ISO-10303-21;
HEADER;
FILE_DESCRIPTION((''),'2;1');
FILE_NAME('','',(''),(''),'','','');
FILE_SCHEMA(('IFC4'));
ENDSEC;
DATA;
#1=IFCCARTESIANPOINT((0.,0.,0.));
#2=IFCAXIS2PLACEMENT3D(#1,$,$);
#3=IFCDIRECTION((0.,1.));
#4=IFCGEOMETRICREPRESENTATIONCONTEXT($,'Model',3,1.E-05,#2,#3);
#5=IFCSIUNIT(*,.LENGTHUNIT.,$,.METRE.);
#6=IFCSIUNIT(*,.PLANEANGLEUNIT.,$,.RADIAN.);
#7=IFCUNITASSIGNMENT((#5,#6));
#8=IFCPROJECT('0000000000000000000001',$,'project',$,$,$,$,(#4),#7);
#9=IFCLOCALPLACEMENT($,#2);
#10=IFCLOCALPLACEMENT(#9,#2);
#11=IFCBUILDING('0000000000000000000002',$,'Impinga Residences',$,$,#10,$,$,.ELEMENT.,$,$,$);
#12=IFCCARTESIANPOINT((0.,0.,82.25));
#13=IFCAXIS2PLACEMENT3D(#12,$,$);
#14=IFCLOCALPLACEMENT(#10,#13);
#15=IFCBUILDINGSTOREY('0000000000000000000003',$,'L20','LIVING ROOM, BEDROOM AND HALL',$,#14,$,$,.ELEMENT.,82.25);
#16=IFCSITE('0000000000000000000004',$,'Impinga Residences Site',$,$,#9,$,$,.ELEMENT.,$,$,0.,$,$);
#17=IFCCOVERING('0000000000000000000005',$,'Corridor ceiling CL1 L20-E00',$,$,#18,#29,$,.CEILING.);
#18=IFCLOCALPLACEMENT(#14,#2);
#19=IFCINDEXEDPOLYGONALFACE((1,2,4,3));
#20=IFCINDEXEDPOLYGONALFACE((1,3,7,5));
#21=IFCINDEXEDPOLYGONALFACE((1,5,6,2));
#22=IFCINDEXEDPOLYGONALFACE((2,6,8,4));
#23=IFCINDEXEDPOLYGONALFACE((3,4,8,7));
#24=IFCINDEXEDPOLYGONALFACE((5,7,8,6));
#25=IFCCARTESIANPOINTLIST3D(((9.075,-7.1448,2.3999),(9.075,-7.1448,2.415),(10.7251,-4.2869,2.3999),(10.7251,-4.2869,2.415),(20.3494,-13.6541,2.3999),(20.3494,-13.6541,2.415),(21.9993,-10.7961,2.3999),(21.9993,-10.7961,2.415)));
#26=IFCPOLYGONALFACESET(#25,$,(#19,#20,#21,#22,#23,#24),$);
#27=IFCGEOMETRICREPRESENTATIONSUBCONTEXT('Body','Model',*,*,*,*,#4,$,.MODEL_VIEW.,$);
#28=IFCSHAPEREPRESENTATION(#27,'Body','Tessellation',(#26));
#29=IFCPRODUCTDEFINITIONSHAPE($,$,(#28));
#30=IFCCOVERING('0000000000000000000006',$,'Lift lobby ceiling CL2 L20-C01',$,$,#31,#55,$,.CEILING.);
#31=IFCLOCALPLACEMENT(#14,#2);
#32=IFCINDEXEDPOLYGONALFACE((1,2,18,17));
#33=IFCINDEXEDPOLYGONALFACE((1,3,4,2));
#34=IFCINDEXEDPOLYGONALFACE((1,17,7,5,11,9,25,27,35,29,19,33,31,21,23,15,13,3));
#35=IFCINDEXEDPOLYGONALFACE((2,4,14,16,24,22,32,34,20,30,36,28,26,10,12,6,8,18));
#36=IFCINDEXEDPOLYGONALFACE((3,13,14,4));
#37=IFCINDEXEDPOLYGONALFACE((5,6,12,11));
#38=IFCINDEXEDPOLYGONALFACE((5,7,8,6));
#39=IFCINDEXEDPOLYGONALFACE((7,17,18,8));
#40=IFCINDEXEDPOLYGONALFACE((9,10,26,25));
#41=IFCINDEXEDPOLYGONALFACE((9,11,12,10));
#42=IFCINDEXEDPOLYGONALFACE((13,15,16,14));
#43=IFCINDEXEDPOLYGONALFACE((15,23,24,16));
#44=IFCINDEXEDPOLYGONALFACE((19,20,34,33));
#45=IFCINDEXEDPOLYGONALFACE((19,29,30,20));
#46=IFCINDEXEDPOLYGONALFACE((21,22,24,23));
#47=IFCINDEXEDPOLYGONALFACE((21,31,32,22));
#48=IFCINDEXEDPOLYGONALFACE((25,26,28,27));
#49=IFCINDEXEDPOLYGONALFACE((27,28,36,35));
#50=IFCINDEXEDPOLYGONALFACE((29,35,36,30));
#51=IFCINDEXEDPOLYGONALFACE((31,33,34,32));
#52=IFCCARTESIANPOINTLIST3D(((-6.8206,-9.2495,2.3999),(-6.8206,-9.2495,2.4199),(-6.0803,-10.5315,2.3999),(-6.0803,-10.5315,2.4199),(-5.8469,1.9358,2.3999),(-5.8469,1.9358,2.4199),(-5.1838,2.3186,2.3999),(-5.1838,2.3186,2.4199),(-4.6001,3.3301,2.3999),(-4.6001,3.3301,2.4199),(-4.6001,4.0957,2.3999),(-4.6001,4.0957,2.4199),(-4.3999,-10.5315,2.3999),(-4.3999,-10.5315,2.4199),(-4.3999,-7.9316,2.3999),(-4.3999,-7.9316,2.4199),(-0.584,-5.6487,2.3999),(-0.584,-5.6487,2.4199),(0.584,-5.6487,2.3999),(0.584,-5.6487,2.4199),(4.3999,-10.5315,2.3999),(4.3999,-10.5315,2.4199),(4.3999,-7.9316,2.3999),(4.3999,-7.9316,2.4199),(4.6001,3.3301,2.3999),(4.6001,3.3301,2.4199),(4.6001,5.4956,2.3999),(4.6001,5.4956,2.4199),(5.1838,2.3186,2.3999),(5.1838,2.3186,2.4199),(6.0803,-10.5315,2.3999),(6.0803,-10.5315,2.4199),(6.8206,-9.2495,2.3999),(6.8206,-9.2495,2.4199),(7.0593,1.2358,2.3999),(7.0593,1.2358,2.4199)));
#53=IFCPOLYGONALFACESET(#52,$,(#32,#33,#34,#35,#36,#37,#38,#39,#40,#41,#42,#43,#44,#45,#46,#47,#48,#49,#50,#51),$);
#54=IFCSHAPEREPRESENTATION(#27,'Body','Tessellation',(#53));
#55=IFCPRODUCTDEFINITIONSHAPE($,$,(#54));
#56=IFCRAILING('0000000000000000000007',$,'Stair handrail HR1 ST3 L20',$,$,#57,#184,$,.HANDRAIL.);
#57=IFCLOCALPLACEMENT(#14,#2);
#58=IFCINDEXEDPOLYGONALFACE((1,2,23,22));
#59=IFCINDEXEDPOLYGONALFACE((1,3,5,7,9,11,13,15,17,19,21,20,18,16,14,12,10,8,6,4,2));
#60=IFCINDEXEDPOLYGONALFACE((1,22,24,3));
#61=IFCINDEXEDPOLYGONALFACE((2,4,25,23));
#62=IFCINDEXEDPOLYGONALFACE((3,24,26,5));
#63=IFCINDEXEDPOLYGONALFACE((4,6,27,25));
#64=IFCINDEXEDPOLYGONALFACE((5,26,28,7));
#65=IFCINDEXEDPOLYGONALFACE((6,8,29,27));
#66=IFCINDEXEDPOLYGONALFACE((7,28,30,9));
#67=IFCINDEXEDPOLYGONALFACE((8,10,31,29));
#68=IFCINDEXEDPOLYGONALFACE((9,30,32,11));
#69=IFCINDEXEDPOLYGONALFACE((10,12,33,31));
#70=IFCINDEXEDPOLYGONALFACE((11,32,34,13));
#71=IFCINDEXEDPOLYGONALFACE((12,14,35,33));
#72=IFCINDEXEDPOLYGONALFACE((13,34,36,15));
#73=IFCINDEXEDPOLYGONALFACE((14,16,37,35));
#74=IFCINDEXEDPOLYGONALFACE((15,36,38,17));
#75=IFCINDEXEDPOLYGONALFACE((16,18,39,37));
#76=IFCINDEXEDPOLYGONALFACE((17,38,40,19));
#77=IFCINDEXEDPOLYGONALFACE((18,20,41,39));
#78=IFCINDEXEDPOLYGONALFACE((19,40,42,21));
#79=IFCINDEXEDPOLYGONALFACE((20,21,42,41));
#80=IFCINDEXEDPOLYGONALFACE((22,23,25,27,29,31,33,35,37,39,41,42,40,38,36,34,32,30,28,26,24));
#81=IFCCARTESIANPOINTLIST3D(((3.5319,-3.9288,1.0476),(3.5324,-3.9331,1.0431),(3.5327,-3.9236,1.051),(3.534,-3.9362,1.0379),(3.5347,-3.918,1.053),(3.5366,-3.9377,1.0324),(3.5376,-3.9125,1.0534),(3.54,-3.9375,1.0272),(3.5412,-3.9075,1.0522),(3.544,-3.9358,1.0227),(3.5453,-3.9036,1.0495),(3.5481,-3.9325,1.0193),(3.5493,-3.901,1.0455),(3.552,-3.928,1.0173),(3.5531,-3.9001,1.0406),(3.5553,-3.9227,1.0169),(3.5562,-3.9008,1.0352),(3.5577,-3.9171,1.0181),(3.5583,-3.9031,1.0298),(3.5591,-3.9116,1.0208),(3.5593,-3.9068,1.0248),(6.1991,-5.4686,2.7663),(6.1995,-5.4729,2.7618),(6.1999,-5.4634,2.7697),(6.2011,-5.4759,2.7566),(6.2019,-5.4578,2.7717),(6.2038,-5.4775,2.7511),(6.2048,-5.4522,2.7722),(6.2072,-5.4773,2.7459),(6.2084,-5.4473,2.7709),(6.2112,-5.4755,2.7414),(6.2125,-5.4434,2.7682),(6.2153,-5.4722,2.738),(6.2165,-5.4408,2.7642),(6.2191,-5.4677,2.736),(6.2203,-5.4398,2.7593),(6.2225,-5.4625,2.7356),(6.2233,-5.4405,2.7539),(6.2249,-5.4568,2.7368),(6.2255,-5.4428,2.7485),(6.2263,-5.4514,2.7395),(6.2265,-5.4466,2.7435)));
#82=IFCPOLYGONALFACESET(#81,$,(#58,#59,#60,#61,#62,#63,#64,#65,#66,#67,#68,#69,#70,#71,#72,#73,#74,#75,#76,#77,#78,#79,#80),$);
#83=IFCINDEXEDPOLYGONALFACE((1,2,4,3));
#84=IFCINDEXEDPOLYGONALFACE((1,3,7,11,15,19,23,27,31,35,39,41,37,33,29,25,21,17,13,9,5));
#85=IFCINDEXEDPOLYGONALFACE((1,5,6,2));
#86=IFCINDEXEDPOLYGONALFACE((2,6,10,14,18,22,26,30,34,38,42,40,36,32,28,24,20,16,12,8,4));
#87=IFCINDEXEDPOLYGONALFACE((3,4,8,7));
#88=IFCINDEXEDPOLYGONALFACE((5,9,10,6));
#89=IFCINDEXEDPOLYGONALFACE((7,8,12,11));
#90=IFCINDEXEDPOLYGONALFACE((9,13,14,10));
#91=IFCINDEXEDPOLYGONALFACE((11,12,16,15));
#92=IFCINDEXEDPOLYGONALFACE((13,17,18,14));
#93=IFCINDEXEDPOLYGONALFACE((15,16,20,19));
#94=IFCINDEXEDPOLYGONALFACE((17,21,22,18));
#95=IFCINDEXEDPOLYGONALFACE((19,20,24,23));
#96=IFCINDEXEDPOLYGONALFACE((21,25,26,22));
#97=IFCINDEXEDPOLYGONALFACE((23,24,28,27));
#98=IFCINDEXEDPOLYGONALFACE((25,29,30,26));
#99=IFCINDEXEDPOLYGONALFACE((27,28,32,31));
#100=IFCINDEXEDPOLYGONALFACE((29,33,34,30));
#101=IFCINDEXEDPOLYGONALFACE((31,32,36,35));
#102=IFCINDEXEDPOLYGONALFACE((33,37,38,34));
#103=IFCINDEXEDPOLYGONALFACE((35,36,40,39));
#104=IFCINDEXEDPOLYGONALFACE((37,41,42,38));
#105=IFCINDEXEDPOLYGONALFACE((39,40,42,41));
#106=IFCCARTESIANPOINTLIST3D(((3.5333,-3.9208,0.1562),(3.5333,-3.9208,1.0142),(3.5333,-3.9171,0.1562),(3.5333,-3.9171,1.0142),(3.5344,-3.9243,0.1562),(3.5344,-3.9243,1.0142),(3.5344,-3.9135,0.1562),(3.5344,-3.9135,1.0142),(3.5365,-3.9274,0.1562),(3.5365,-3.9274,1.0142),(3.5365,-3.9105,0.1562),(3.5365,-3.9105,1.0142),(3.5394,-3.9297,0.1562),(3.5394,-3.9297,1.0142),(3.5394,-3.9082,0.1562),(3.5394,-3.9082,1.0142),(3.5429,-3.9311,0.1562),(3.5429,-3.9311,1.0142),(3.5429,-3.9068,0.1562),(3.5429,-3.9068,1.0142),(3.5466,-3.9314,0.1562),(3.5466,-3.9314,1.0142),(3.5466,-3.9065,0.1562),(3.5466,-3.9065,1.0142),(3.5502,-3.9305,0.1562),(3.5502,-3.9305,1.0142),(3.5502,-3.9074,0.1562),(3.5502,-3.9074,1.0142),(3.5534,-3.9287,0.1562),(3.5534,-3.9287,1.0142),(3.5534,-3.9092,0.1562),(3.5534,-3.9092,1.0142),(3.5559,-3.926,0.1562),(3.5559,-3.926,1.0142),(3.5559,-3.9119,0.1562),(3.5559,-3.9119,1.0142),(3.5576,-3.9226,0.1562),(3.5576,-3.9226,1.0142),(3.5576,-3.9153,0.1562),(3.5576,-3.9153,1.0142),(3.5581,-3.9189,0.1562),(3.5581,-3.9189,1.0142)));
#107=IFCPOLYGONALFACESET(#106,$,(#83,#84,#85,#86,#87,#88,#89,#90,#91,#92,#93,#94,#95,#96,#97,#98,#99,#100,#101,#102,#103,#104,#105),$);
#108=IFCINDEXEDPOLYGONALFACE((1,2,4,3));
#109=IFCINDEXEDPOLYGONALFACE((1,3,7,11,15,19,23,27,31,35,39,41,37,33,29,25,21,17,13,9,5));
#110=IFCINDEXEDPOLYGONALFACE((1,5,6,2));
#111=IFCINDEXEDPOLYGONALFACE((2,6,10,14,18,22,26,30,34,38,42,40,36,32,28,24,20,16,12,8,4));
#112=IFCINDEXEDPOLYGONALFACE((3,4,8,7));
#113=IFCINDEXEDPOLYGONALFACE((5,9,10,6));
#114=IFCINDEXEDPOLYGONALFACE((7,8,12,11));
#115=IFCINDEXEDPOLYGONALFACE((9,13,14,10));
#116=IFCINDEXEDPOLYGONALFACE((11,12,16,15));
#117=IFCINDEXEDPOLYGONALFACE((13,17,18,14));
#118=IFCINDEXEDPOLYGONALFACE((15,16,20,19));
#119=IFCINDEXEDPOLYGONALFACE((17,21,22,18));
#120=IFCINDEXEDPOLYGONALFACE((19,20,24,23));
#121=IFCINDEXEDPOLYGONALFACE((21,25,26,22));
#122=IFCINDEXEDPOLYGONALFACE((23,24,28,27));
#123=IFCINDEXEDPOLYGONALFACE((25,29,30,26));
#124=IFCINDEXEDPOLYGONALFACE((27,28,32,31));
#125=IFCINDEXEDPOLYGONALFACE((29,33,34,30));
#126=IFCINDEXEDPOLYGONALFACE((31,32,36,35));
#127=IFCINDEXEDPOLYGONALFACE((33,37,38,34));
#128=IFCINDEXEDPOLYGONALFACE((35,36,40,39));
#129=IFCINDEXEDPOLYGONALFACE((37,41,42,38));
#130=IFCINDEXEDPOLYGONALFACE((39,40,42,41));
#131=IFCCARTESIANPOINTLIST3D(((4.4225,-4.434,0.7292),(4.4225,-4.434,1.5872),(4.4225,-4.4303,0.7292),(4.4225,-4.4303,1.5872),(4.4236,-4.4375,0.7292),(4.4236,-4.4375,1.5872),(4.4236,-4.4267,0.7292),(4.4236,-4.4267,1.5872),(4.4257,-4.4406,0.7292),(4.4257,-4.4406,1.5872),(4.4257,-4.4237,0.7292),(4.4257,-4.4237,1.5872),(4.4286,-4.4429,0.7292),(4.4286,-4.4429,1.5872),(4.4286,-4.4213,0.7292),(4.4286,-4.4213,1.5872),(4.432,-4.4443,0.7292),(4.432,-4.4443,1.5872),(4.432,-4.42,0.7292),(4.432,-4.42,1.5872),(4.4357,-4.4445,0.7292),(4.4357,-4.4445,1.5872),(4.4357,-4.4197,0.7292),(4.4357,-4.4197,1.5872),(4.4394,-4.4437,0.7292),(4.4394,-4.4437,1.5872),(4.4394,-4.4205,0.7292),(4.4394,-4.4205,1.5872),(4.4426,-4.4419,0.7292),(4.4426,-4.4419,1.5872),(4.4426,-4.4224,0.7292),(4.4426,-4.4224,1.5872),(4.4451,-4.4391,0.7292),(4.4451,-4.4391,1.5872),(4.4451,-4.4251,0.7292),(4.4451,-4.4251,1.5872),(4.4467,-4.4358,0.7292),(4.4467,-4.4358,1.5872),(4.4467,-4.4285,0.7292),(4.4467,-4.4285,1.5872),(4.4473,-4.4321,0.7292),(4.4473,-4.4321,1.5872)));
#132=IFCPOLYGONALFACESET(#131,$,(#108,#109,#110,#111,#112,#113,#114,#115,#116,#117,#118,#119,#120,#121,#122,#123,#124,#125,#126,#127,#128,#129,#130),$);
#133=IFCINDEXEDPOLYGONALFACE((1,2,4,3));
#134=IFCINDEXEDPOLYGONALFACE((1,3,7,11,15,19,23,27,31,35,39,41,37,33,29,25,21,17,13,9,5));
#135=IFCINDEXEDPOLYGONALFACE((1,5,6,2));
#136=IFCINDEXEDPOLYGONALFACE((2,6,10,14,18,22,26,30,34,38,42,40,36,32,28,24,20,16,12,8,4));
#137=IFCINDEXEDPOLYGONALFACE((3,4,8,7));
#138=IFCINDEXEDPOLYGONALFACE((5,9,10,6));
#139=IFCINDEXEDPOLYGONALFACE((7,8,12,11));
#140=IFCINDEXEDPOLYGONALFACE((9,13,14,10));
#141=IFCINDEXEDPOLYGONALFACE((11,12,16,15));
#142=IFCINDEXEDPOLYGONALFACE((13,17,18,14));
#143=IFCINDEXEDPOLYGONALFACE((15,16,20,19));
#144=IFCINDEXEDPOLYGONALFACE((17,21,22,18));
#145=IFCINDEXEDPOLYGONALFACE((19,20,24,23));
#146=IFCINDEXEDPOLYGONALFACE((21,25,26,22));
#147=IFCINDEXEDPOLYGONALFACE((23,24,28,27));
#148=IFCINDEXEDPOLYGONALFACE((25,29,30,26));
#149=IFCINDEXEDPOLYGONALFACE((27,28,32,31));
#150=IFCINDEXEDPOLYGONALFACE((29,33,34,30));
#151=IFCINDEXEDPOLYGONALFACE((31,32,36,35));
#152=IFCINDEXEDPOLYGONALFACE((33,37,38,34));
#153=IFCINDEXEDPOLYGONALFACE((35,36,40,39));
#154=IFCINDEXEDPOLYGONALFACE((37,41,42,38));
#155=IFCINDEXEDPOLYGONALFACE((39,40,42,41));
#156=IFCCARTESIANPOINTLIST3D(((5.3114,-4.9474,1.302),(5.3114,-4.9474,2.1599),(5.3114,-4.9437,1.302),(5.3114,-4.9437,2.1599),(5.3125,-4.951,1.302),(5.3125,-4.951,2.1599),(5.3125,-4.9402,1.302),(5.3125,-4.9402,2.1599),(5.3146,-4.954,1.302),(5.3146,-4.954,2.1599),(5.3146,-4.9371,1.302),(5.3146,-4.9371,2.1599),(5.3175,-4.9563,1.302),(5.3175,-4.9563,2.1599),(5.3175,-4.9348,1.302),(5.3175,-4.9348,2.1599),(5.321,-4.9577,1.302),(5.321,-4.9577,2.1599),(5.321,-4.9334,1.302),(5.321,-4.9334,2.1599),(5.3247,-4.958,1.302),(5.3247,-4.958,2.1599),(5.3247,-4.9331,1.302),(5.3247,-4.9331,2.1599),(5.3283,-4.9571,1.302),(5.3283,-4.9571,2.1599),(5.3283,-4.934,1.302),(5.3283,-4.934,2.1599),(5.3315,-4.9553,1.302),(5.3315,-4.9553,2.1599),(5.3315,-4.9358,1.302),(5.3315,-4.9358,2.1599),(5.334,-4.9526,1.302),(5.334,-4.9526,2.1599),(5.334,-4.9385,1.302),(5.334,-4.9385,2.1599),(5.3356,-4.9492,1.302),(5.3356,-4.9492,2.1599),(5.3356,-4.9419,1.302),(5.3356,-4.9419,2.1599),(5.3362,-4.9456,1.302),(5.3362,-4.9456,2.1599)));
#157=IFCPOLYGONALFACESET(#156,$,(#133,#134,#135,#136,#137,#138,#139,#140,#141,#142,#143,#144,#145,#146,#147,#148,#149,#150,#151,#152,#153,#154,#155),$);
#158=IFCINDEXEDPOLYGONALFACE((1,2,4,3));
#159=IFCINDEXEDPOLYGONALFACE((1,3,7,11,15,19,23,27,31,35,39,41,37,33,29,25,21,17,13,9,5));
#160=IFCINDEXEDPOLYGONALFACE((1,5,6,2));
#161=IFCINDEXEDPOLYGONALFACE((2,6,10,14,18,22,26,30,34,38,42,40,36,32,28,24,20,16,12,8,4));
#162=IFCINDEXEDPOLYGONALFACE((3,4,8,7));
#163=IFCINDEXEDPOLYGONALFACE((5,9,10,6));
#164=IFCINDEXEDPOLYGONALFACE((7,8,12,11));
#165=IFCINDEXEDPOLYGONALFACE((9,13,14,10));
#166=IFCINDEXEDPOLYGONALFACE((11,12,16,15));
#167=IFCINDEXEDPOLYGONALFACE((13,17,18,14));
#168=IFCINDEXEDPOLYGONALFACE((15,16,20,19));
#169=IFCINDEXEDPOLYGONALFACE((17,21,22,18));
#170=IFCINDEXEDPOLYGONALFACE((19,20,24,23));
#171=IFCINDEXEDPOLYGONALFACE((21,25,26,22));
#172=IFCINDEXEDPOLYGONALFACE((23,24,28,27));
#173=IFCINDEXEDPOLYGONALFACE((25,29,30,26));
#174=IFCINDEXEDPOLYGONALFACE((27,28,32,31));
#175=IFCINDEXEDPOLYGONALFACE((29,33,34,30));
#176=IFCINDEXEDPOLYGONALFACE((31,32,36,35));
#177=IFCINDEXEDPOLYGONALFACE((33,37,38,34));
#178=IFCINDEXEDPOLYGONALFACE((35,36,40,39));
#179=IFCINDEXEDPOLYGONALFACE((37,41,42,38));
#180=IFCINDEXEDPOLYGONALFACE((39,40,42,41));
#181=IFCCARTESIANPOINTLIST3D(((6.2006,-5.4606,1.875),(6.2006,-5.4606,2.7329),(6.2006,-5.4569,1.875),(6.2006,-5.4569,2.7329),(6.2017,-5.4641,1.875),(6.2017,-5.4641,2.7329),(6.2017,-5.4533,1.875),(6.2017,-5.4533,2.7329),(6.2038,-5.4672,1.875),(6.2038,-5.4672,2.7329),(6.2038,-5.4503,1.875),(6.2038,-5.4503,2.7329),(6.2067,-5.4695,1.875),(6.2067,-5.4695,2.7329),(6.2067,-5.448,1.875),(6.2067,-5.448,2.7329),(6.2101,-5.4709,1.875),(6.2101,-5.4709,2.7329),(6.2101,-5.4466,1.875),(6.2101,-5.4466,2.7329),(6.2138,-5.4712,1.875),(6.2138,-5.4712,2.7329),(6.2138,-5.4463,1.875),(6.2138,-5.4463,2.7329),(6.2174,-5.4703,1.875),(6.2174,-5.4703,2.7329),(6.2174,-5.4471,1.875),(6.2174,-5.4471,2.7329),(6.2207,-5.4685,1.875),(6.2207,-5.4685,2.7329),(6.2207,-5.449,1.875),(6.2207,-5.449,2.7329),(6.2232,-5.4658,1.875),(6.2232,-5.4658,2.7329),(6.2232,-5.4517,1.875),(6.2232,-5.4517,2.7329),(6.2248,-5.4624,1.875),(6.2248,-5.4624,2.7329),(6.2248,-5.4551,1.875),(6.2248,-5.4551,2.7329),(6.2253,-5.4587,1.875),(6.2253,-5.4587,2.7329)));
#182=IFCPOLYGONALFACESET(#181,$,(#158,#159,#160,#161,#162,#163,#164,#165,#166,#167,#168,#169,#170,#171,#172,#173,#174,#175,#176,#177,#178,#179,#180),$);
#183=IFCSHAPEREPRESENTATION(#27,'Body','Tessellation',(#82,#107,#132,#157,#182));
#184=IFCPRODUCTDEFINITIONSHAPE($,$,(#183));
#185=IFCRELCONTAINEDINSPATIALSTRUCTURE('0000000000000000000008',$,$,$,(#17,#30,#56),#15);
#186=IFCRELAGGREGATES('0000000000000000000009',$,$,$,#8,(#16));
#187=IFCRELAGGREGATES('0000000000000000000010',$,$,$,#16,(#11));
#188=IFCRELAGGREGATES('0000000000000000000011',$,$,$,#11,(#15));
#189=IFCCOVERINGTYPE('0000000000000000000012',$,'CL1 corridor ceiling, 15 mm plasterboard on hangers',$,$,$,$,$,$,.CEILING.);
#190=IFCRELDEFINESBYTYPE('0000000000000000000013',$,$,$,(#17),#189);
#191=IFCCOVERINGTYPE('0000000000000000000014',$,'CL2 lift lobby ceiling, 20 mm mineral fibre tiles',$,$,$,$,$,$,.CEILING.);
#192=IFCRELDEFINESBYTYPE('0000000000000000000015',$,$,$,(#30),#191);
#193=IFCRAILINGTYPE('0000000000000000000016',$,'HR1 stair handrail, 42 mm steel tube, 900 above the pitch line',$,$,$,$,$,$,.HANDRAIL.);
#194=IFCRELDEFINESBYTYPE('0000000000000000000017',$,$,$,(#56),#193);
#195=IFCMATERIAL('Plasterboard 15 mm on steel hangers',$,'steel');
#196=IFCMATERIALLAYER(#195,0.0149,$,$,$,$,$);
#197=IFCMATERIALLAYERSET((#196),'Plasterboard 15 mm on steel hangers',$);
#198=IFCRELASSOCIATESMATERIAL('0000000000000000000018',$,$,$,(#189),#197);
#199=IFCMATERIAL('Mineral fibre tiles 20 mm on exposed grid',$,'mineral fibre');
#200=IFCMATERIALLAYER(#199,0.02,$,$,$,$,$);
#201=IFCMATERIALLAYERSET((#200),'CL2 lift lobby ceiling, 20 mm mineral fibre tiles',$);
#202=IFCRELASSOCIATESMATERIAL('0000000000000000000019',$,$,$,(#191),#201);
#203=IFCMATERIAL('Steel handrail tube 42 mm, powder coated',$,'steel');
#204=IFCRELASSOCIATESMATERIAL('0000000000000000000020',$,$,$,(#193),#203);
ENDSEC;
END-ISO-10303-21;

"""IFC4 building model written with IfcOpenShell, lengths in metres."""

from ifc_helpers import new_model, si_unit, direction, frame, origin, origin_2d, place, context, subcontext, project, spatial, polyline, circle, outline, extrude, material, layer, layer_set, type_object, element, save


model = new_model("IFC4")

# Units and contexts
model_context = context("Model", 3, precision=1e-05, world=origin(), true_north=direction((0.0, 1.0)))
body_context = subcontext(model_context, "Body", "Model", "MODEL_VIEW")
ifc_project = project(units=[si_unit("LENGTHUNIT", "METRE"), si_unit("PLANEANGLEUNIT", "RADIAN")], contexts=[model_context])

# Site, building, storey
site_placement = place(None, origin())
site = spatial("IfcSite", under=ifc_project, at=site_placement, Name="Impinga Residences Site", CompositionType="ELEMENT", RefElevation=0.0)
building_placement = place(site_placement, origin())
building = spatial("IfcBuilding", under=site, at=building_placement, Name="Impinga Residences", CompositionType="ELEMENT")
storey_placement = place(building_placement, frame((0.0, 0.0, 82.25)))
storey = spatial("IfcBuildingStorey", under=building, at=storey_placement, Name="L20", Description="LIVING ROOM, BEDROOM AND HALL", CompositionType="ELEMENT", Elevation=82.25)

# Coverings
ifc_material_1 = material(Name="Plasterboard 15 mm on steel hangers", Category="steel")
ifc_layer_1 = layer(ifc_material_1, 0.0149)
ifc_layer_set_1 = layer_set([ifc_layer_1], Name="Plasterboard 15 mm on steel hangers")
covering_type_1 = type_object("IfcCoveringType", Name="CL1 corridor ceiling, 15 mm plasterboard on hangers", PredefinedType="CEILING", material=ifc_layer_set_1)
covering_1_placement = place(storey_placement, frame((0.0, 0.0, 2.3999)))
element("IfcCovering", 1, at=covering_1_placement, inside=storey, type_object=covering_type_1, Name="Corridor ceiling CL1 L20-E00", PredefinedType="CEILING", context=body_context, shape_type="SweptSolid", body=[
    extrude(outline(polyline([(9.075, -7.1448), (10.7251, -4.2869), (21.9993, -10.7961), (20.3494, -13.6541), (9.075, -7.1448)])), origin(), (0.0, 0.0, 1.0), 0.0151),
])
ifc_material_2 = material(Name="Mineral fibre tiles 20 mm on exposed grid", Category="mineral fibre")
ifc_layer_2 = layer(ifc_material_2, 0.02)
ifc_layer_set_2 = layer_set([ifc_layer_2], Name="CL2 lift lobby ceiling, 20 mm mineral fibre tiles")
covering_type_2 = type_object("IfcCoveringType", Name="CL2 lift lobby ceiling, 20 mm mineral fibre tiles", PredefinedType="CEILING", material=ifc_layer_set_2)
covering_2_placement = place(storey_placement, frame((0.0, 0.0, 2.3999)))
element("IfcCovering", 2, at=covering_2_placement, inside=storey, type_object=covering_type_2, Name="Lift lobby ceiling CL2 L20-C01", PredefinedType="CEILING", context=body_context, shape_type="SweptSolid", body=[
    extrude(outline(polyline([(6.0803, -10.5315), (4.3999, -10.5315), (4.3999, -7.9316), (-4.3999, -7.9316), (-4.3999, -10.5315), (-6.0803, -10.5315), (-6.8206, -9.2495), (-0.584, -5.6487), (-5.1838, 2.3186), (-5.8469, 1.9358), (-4.6001, 4.0957), (-4.6001, 3.3301), (4.6001, 3.3301), (4.6001, 5.4956), (7.0593, 1.2358), (5.1838, 2.3186), (0.584, -5.6487), (6.8206, -9.2495), (6.0803, -10.5315)])), origin(), (0.0, 0.0, 1.0), 0.02),
])

# Railing
ifc_material_3 = material(Name="Steel handrail tube 42 mm, powder coated", Category="steel")
railing_type = type_object("IfcRailingType", Name="HR1 stair handrail, 42 mm steel tube, 900 above the pitch line", PredefinedType="HANDRAIL", material=ifc_material_3)
railing_placement = place(storey_placement, frame((3.5457, -3.9189, 0.1562)))
element("IfcRailing", 3, at=railing_placement, inside=storey, type_object=railing_type, Name="Stair handrail HR1 ST3 L20", PredefinedType="HANDRAIL", context=body_context, shape_type="SweptSolid", body=[
    extrude(circle(Radius=0.021, at=origin_2d()), frame((0.0, 0.0, 0.8789), z_axis=(0.756249, -0.436582, 0.487322), x_axis=(0.499967, 0.866044, 0.0)), (0.0, 0.0, 1.0), 3.5269),
    extrude(circle(Radius=0.0125, at=origin_2d()), origin(), (0.0, 0.0, 1.0), 0.8579),
    extrude(circle(Radius=0.0125, at=origin_2d()), frame((0.8892, -0.5132, 0.573)), (0.0, 0.0, 1.0), 0.8579),
    extrude(circle(Radius=0.0125, at=origin_2d()), frame((1.7781, -1.0266, 1.1458)), (0.0, 0.0, 1.0), 0.8579),
    extrude(circle(Radius=0.0125, at=origin_2d()), frame((2.6672, -1.5398, 1.7188)), (0.0, 0.0, 1.0), 0.8579),
])

save(model, "model.ifc")
